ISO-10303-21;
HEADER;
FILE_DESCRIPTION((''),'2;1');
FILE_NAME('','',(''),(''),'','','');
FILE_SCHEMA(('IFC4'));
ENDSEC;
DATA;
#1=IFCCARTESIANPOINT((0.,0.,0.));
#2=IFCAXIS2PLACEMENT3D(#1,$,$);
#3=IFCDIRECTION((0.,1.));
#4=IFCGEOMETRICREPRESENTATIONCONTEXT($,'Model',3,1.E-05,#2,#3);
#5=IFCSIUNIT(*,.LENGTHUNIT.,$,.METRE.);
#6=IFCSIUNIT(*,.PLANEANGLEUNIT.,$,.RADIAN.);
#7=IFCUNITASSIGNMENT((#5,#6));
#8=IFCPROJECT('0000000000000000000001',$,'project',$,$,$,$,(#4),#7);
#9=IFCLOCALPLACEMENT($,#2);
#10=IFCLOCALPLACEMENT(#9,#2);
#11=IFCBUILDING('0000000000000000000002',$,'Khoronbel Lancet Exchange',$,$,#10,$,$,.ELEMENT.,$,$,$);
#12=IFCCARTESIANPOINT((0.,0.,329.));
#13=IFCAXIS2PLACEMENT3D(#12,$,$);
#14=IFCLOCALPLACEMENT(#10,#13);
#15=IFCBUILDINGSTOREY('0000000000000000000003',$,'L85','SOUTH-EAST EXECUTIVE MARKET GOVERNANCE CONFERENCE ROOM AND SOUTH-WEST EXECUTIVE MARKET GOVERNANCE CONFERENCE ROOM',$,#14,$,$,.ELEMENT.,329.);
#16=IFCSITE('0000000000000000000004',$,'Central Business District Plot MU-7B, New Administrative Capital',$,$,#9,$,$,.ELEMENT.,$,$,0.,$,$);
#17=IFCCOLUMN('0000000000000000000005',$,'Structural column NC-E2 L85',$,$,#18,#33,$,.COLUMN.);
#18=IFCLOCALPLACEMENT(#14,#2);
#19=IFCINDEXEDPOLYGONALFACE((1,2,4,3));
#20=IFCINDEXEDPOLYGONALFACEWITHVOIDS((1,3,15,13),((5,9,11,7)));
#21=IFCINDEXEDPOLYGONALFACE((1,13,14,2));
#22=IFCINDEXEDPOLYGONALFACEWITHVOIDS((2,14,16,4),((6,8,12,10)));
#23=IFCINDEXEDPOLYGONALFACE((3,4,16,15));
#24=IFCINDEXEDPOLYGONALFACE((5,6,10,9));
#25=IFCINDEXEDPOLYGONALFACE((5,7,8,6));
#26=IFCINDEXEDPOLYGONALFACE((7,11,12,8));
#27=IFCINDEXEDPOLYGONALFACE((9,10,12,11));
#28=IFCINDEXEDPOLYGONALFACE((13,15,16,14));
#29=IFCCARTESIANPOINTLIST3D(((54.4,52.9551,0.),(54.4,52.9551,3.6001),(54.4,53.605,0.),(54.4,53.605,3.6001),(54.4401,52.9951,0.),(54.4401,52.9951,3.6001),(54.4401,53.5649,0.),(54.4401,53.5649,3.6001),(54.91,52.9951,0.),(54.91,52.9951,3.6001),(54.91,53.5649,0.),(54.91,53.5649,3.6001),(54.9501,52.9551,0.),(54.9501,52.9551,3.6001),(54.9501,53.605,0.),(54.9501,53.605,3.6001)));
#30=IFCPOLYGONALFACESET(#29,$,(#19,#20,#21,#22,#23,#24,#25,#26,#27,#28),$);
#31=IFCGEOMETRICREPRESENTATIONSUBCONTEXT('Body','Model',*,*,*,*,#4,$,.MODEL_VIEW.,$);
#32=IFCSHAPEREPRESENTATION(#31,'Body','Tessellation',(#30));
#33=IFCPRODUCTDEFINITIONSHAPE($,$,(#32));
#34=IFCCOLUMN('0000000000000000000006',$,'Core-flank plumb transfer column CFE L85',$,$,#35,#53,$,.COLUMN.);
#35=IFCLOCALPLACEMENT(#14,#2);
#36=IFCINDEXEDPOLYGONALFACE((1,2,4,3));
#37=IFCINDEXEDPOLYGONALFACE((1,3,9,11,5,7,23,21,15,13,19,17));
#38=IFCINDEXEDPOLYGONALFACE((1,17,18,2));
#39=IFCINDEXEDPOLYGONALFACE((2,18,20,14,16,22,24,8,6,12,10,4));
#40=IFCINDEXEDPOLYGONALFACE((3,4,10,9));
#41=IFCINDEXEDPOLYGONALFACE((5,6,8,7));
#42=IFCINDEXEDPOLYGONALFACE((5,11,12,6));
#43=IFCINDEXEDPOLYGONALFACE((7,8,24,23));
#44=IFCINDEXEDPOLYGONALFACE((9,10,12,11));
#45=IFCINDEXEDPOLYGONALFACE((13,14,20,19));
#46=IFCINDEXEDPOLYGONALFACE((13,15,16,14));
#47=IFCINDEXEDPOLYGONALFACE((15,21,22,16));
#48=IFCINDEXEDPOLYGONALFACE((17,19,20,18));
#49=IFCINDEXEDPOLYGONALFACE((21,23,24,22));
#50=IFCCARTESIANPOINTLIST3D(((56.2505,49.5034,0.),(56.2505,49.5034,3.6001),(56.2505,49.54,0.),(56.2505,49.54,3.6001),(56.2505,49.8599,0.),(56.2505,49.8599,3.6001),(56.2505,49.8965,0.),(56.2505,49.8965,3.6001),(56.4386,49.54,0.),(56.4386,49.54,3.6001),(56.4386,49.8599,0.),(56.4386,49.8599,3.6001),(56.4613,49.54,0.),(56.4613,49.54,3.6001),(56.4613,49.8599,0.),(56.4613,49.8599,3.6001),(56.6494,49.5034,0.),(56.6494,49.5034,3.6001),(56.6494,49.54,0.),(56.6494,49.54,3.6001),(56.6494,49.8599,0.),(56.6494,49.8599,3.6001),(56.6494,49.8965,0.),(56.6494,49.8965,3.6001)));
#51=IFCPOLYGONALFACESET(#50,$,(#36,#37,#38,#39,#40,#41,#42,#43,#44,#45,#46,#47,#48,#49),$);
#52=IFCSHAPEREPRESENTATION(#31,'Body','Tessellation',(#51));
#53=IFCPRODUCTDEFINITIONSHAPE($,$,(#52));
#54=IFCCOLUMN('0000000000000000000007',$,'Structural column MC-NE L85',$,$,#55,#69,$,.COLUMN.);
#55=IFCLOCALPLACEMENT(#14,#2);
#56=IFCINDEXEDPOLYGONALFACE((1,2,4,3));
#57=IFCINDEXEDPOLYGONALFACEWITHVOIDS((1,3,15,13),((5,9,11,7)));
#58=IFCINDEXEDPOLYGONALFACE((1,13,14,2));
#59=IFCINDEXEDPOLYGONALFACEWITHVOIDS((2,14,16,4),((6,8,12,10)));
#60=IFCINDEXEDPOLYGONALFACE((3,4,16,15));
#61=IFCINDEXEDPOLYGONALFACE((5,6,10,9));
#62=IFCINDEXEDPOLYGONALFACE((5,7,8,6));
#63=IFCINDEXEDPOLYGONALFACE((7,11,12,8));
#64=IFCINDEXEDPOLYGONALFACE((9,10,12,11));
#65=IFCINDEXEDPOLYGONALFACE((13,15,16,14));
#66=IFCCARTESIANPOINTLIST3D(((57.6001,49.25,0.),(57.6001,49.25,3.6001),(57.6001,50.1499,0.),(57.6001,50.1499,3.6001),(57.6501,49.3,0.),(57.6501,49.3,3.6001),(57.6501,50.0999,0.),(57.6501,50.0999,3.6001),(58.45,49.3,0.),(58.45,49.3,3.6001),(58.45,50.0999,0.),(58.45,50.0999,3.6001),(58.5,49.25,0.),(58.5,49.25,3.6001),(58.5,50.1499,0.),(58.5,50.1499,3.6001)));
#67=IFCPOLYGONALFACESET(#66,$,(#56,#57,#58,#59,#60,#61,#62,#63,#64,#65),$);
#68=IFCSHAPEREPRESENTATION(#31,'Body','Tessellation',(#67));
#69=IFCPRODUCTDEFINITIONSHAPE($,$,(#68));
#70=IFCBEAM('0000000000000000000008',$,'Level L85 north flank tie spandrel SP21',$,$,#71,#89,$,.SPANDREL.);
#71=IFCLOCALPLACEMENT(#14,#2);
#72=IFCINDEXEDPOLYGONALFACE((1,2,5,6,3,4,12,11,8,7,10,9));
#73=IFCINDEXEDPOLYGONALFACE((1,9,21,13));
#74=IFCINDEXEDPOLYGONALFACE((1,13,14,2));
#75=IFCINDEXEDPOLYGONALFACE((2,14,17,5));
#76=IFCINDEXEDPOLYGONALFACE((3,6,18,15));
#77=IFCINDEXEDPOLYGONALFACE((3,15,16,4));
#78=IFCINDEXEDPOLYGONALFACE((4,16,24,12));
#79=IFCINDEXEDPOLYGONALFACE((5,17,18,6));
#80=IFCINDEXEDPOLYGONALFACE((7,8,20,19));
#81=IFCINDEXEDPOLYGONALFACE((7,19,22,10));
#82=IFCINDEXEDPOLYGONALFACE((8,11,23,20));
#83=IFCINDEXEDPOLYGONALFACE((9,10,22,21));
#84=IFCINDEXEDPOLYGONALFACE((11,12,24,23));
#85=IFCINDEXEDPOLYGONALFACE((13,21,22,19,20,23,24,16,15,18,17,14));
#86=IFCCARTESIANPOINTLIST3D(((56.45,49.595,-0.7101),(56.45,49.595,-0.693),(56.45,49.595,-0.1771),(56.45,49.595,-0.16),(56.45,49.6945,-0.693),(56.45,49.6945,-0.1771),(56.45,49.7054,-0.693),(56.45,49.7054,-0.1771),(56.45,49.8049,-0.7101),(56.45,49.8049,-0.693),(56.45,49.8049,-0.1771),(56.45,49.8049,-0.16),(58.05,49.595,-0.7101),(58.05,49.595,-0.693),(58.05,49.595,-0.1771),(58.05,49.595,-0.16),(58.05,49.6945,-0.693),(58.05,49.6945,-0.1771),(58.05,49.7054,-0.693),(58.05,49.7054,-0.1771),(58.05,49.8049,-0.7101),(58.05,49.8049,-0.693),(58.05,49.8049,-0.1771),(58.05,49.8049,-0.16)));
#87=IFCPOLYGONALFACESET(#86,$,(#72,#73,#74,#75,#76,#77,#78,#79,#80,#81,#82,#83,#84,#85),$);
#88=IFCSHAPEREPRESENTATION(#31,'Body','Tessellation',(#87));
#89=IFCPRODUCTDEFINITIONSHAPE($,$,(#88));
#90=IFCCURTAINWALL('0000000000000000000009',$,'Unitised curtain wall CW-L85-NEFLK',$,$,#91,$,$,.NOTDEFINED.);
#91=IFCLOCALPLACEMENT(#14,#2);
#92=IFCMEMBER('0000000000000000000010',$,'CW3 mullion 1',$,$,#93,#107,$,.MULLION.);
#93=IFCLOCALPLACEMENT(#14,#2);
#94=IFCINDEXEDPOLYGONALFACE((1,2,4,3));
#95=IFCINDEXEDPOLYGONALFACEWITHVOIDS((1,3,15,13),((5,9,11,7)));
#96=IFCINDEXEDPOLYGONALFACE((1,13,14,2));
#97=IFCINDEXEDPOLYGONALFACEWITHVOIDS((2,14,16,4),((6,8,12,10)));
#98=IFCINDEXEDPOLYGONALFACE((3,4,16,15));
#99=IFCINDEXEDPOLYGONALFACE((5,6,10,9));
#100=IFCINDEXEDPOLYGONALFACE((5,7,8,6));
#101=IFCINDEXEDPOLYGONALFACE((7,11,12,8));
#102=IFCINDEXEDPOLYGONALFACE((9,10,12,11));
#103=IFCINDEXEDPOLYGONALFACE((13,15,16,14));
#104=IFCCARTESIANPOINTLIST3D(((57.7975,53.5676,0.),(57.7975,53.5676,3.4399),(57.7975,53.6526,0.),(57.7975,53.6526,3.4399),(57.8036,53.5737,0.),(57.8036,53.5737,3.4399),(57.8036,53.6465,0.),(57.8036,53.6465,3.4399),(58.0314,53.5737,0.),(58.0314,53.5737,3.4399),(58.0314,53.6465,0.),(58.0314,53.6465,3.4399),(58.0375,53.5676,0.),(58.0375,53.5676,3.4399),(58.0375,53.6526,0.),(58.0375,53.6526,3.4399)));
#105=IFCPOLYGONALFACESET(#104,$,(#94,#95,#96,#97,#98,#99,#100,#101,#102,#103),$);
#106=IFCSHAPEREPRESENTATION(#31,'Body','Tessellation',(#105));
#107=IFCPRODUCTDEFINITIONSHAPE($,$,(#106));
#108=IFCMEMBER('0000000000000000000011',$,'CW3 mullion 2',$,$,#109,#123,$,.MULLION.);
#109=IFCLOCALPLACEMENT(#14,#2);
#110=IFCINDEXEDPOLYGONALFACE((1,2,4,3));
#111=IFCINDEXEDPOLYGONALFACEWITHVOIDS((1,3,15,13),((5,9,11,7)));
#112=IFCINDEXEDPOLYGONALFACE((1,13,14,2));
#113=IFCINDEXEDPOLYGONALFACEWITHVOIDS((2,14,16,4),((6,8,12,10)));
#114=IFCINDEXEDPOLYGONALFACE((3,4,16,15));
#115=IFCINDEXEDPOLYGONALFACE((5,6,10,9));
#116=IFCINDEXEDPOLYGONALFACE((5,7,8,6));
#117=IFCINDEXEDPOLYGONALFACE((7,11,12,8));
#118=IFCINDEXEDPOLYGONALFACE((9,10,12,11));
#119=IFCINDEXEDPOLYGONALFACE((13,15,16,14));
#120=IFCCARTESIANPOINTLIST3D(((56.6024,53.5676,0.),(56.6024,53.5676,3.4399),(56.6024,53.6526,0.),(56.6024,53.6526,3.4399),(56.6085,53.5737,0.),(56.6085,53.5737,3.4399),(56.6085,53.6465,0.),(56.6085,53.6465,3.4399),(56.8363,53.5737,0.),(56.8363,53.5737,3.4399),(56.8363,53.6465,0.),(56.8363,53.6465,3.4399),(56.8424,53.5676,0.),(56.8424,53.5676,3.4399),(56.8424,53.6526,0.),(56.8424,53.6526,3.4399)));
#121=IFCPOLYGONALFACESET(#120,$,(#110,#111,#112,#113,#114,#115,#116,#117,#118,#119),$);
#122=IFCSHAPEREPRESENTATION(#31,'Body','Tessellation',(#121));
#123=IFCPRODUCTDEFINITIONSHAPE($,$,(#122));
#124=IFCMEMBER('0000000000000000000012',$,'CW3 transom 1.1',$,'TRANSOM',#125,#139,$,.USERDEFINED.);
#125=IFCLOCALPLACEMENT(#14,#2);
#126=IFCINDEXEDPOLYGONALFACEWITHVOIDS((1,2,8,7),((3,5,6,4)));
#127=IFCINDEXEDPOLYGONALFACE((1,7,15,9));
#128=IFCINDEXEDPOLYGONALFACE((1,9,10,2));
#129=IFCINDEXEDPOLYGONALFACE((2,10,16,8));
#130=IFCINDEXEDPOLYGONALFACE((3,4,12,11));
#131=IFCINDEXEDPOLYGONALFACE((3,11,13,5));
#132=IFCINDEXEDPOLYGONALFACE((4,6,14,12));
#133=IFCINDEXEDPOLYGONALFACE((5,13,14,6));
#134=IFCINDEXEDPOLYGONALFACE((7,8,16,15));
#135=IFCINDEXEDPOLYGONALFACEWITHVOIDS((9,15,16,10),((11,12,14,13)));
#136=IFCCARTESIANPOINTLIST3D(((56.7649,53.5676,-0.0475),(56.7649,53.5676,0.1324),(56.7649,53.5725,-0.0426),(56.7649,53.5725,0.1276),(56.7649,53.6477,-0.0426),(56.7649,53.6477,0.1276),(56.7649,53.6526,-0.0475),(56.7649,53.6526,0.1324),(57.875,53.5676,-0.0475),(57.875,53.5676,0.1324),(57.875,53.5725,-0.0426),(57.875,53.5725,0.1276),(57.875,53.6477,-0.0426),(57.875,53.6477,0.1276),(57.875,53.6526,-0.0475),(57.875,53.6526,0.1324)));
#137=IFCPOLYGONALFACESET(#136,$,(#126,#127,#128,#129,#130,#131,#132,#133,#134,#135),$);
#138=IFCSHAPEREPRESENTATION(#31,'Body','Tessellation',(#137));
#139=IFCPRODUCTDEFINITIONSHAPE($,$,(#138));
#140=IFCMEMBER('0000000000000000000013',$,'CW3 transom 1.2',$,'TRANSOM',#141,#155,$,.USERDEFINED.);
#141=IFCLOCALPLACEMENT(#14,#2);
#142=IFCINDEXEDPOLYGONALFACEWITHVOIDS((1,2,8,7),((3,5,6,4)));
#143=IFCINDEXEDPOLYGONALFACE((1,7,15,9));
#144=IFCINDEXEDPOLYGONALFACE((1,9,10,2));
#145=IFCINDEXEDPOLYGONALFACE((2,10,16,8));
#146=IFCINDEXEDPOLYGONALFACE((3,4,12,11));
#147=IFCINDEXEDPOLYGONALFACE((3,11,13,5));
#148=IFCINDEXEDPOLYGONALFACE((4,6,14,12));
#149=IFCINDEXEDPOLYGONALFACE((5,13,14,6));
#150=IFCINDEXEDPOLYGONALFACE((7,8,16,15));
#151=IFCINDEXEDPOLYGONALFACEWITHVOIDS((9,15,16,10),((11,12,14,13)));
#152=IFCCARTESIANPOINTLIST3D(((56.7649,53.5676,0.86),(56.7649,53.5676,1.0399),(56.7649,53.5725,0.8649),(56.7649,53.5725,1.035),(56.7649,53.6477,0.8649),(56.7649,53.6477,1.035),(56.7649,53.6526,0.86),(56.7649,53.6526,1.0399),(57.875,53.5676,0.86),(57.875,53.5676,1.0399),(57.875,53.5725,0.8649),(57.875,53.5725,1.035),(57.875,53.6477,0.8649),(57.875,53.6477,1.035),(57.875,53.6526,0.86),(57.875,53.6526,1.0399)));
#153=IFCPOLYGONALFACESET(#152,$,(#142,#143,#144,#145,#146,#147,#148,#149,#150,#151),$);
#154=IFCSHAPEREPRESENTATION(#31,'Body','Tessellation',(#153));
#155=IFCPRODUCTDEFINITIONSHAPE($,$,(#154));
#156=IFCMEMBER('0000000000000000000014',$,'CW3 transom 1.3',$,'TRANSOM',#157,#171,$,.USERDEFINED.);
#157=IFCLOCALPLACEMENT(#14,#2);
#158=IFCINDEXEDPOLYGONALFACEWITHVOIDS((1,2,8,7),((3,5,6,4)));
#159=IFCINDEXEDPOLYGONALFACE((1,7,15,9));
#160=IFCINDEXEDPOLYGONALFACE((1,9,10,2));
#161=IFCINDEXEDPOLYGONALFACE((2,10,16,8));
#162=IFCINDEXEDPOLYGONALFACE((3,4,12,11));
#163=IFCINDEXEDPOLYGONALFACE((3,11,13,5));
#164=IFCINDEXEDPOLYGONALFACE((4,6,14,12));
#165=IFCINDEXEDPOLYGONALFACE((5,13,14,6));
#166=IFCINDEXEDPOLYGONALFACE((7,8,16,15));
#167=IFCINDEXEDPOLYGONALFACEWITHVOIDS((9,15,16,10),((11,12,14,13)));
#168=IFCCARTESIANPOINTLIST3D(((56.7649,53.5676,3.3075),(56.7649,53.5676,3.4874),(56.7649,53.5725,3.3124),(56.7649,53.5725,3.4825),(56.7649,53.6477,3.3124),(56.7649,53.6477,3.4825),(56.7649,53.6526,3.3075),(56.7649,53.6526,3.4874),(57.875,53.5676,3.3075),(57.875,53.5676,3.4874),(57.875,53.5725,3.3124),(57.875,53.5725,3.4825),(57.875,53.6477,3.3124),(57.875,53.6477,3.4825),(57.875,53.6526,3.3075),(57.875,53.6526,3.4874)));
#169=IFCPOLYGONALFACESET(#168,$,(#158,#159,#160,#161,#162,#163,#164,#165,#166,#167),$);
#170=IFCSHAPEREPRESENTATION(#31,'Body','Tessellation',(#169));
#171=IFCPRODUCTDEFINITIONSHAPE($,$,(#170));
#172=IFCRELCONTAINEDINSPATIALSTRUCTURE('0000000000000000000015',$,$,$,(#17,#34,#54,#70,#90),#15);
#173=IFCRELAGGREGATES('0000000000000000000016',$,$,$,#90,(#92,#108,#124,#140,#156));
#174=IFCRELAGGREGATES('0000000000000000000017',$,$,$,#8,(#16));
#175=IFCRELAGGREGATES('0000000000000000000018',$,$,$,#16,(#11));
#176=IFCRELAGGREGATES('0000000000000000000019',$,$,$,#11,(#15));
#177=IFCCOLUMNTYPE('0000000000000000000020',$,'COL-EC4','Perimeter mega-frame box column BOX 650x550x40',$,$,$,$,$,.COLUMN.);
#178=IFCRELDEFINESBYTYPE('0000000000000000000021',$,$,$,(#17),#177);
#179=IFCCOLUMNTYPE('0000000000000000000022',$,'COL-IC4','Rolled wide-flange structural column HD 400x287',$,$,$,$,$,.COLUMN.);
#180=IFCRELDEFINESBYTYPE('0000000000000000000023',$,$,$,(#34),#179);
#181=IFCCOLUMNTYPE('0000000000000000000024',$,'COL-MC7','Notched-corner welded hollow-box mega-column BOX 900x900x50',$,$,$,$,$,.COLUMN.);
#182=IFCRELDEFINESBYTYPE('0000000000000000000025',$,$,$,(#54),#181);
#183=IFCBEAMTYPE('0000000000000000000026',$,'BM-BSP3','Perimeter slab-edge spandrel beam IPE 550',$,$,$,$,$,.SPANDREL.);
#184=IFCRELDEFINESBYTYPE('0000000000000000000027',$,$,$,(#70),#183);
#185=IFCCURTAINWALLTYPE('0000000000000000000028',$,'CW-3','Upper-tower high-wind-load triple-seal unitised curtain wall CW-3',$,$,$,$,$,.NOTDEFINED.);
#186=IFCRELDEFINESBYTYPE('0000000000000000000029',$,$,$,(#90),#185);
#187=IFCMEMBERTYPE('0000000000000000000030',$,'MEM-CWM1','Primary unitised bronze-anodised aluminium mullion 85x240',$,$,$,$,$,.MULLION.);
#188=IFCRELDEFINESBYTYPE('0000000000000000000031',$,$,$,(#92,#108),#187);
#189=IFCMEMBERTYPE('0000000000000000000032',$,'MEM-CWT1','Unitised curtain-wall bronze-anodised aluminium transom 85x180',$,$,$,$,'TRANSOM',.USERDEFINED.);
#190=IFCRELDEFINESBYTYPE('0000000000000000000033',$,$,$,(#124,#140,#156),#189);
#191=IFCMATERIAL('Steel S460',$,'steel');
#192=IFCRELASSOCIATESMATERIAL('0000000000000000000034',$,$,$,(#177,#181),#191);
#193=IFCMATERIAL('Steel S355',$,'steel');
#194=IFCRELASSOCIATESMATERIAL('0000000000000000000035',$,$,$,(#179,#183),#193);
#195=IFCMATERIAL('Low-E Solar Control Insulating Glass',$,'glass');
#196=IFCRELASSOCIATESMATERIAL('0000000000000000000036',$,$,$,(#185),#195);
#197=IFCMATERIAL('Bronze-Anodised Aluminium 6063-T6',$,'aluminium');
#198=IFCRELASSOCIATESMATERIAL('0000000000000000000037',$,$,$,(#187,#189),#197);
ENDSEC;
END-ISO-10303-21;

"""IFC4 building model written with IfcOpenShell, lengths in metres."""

from ifc_helpers import new_model, si_unit, direction, frame, origin, origin_2d, place, context, subcontext, project, spatial, hollow_rectangle, i_section, extrude, material, material_profile, profile_set, type_object, element, aggregate, save


model = new_model("IFC4")

# Units and contexts
model_context = context("Model", 3, precision=1e-05, world=origin(), true_north=direction((0.0, 1.0)))
body_context = subcontext(model_context, "Body", "Model", "MODEL_VIEW")
ifc_project = project(units=[si_unit("LENGTHUNIT", "METRE"), si_unit("PLANEANGLEUNIT", "RADIAN")], contexts=[model_context])

# Site, building, storey
site_placement = place(None, origin())
site = spatial("IfcSite", under=ifc_project, at=site_placement, Name="Central Business District Plot MU-7B, New Administrative Capital", CompositionType="ELEMENT", RefElevation=0.0)
building_placement = place(site_placement, origin())
building = spatial("IfcBuilding", under=site, at=building_placement, Name="Khoronbel Lancet Exchange", CompositionType="ELEMENT")
storey_placement = place(building_placement, frame((0.0, 0.0, 329.0)))
storey = spatial("IfcBuildingStorey", under=building, at=storey_placement, Name="L85", Description="SOUTH-EAST EXECUTIVE MARKET GOVERNANCE CONFERENCE ROOM AND SOUTH-WEST EXECUTIVE MARKET GOVERNANCE CONFERENCE ROOM", CompositionType="ELEMENT", Elevation=329.0)

# Columns
ifc_material_1 = material(Name="Steel S460", Category="steel")
ifc_material_profile_1 = material_profile(ifc_material_1, hollow_rectangle(XDim=0.55, YDim=0.6499, WallThickness=0.04, at=origin_2d()), Name="BOX 650x550x40")
ifc_profile_set_1 = profile_set([ifc_material_profile_1], Name="Steel S460")
column_type_1 = type_object("IfcColumnType", Name="COL-EC4", Description="Perimeter mega-frame box column BOX 650x550x40", PredefinedType="COLUMN", material=ifc_profile_set_1)
column_1_placement = place(storey_placement, frame((54.675, 53.28, 0.0), z_axis=(0.0, 0.0, 1.0), x_axis=(1.0, 0.0, 0.0)))
element("IfcColumn", 1, at=column_1_placement, inside=storey, type_object=column_type_1, Name="Structural column NC-E2 L85", PredefinedType="COLUMN", context=body_context, shape_type="SweptSolid", body=[
    extrude(hollow_rectangle(XDim=0.55, YDim=0.6499, WallThickness=0.04, at=origin_2d()), origin(), (0.0, 0.0, 1.0), 3.6001),
])
ifc_material_2 = material(Name="Steel S355", Category="steel")
ifc_material_profile_2 = material_profile(ifc_material_2, i_section(OverallWidth=0.3989, OverallDepth=0.3931, WebThickness=0.0227, FlangeThickness=0.0366, at=origin_2d()), Name="HD 400x287")
ifc_profile_set_2 = profile_set([ifc_material_profile_2], Name="Steel S355")
column_type_2 = type_object("IfcColumnType", Name="COL-IC4", Description="Rolled wide-flange structural column HD 400x287", PredefinedType="COLUMN", material=ifc_profile_set_2)
column_2_placement = place(storey_placement, frame((56.45, 49.7, 0.0), z_axis=(0.0, 0.0, 1.0), x_axis=(1.0, 0.0, 0.0)))
element("IfcColumn", 2, at=column_2_placement, inside=storey, type_object=column_type_2, Name="Core-flank plumb transfer column CFE L85", PredefinedType="COLUMN", context=body_context, shape_type="SweptSolid", body=[
    extrude(i_section(OverallWidth=0.3989, OverallDepth=0.3931, WebThickness=0.0227, FlangeThickness=0.0366, at=origin_2d()), origin(), (0.0, 0.0, 1.0), 3.6001),
])
ifc_material_profile_3 = material_profile(ifc_material_1, hollow_rectangle(XDim=0.8999, YDim=0.8999, WallThickness=0.05, at=origin_2d()), Name="BOX 900x900x50")
ifc_profile_set_3 = profile_set([ifc_material_profile_3], Name="Steel S460")
column_type_3 = type_object("IfcColumnType", Name="COL-MC7", Description="Notched-corner welded hollow-box mega-column BOX 900x900x50", PredefinedType="COLUMN", material=ifc_profile_set_3)
column_3_placement = place(storey_placement, frame((58.05, 49.7, 0.0), z_axis=(0.0, 0.0, 1.0), x_axis=(1.0, 0.0, 0.0)))
element("IfcColumn", 3, at=column_3_placement, inside=storey, type_object=column_type_3, Name="Structural column MC-NE L85", PredefinedType="COLUMN", context=body_context, shape_type="SweptSolid", body=[
    extrude(hollow_rectangle(XDim=0.8999, YDim=0.8999, WallThickness=0.05, at=origin_2d()), origin(), (0.0, 0.0, 1.0), 3.6001),
])

# Beam
ifc_material_profile_4 = material_profile(ifc_material_2, i_section(OverallWidth=0.21, OverallDepth=0.55, WebThickness=0.011, FlangeThickness=0.0171, at=origin_2d()), Name="IPE 550")
ifc_profile_set_4 = profile_set([ifc_material_profile_4], Name="Steel S355")
beam_type = type_object("IfcBeamType", Name="BM-BSP3", Description="Perimeter slab-edge spandrel beam IPE 550", PredefinedType="SPANDREL", material=ifc_profile_set_4)
beam_placement = place(storey_placement, frame((58.05, 49.7, -0.4351), z_axis=(-1.0, 0.0, 0.0), x_axis=(0.0, -1.0, 0.0)))
element("IfcBeam", 4, at=beam_placement, inside=storey, type_object=beam_type, Name="Level L85 north flank tie spandrel SP21", PredefinedType="SPANDREL", context=body_context, shape_type="SweptSolid", body=[
    extrude(i_section(OverallWidth=0.21, OverallDepth=0.55, WebThickness=0.011, FlangeThickness=0.0171, at=origin_2d()), origin(), (0.0, 0.0, 1.0), 1.6001),
])

# Curtain wall, members
ifc_material_3 = material(Name="Low-E Solar Control Insulating Glass", Category="glass")
curtain_wall_type = type_object("IfcCurtainWallType", Name="CW-3", Description="Upper-tower high-wind-load triple-seal unitised curtain wall CW-3", PredefinedType="NOTDEFINED", material=ifc_material_3)
curtain_wall_placement = place(storey_placement, origin())
curtain_wall = element("IfcCurtainWall", 5, at=curtain_wall_placement, inside=storey, type_object=curtain_wall_type, Name="Unitised curtain wall CW-L85-NEFLK", PredefinedType="NOTDEFINED")
ifc_material_4 = material(Name="Bronze-Anodised Aluminium 6063-T6", Category="aluminium")
ifc_material_profile_5 = material_profile(ifc_material_4, hollow_rectangle(XDim=0.085, YDim=0.24, WallThickness=0.0061, at=origin_2d()), Name="ALU MULLION 85x240")
ifc_profile_set_5 = profile_set([ifc_material_profile_5], Name="Bronze-Anodised Aluminium 6063-T6")
member_type_1 = type_object("IfcMemberType", Name="MEM-CWM1", Description="Primary unitised bronze-anodised aluminium mullion 85x240", PredefinedType="MULLION", material=ifc_profile_set_5)
member_1_placement = place(storey_placement, frame((57.9175, 53.6101, 0.0), z_axis=(0.0, 0.0, 1.0), x_axis=(0.0, -1.0, 0.0)))
member_1 = element("IfcMember", 6, at=member_1_placement, type_object=member_type_1, Name="CW3 mullion 1", PredefinedType="MULLION", context=body_context, shape_type="SweptSolid", body=[
    extrude(hollow_rectangle(XDim=0.085, YDim=0.24, WallThickness=0.0061, at=origin_2d()), origin(), (0.0, 0.0, 1.0), 3.4399),
])
member_2_placement = place(storey_placement, frame((56.7224, 53.6101, 0.0), z_axis=(0.0, 0.0, 1.0), x_axis=(0.0, -1.0, 0.0)))
member_2 = element("IfcMember", 7, at=member_2_placement, type_object=member_type_1, Name="CW3 mullion 2", PredefinedType="MULLION", context=body_context, shape_type="SweptSolid", body=[
    extrude(hollow_rectangle(XDim=0.085, YDim=0.24, WallThickness=0.0061, at=origin_2d()), origin(), (0.0, 0.0, 1.0), 3.4399),
])
ifc_material_profile_6 = material_profile(ifc_material_4, hollow_rectangle(XDim=0.085, YDim=0.1799, WallThickness=0.0049, at=origin_2d()), Name="ALU TRANSOM 85x180")
ifc_profile_set_6 = profile_set([ifc_material_profile_6], Name="Bronze-Anodised Aluminium 6063-T6")
member_type_2 = type_object("IfcMemberType", Name="MEM-CWT1", Description="Unitised curtain-wall bronze-anodised aluminium transom 85x180", ElementType="TRANSOM", PredefinedType="USERDEFINED", material=ifc_profile_set_6)
member_3_placement = place(storey_placement, frame((57.875, 53.6101, 0.0425), z_axis=(-1.0, 0.0, 0.0), x_axis=(0.0, -1.0, 0.0)))
member_3 = element("IfcMember", 8, at=member_3_placement, type_object=member_type_2, Name="CW3 transom 1.1", ObjectType="TRANSOM", PredefinedType="USERDEFINED", context=body_context, shape_type="SweptSolid", body=[
    extrude(hollow_rectangle(XDim=0.085, YDim=0.1799, WallThickness=0.0049, at=origin_2d()), origin(), (0.0, 0.0, 1.0), 1.1101),
])
member_4_placement = place(storey_placement, frame((57.875, 53.6101, 0.95), z_axis=(-1.0, 0.0, 0.0), x_axis=(0.0, -1.0, 0.0)))
member_4 = element("IfcMember", 9, at=member_4_placement, type_object=member_type_2, Name="CW3 transom 1.2", ObjectType="TRANSOM", PredefinedType="USERDEFINED", context=body_context, shape_type="SweptSolid", body=[
    extrude(hollow_rectangle(XDim=0.085, YDim=0.1799, WallThickness=0.0049, at=origin_2d()), origin(), (0.0, 0.0, 1.0), 1.1101),
])
member_5_placement = place(storey_placement, frame((57.875, 53.6101, 3.3975), z_axis=(-1.0, 0.0, 0.0), x_axis=(0.0, -1.0, 0.0)))
member_5 = element("IfcMember", 10, at=member_5_placement, type_object=member_type_2, Name="CW3 transom 1.3", ObjectType="TRANSOM", PredefinedType="USERDEFINED", context=body_context, shape_type="SweptSolid", body=[
    extrude(hollow_rectangle(XDim=0.085, YDim=0.1799, WallThickness=0.0049, at=origin_2d()), origin(), (0.0, 0.0, 1.0), 1.1101),
])
aggregate(curtain_wall, [member_1, member_2, member_3, member_4, member_5])

save(model, "model.ifc")
